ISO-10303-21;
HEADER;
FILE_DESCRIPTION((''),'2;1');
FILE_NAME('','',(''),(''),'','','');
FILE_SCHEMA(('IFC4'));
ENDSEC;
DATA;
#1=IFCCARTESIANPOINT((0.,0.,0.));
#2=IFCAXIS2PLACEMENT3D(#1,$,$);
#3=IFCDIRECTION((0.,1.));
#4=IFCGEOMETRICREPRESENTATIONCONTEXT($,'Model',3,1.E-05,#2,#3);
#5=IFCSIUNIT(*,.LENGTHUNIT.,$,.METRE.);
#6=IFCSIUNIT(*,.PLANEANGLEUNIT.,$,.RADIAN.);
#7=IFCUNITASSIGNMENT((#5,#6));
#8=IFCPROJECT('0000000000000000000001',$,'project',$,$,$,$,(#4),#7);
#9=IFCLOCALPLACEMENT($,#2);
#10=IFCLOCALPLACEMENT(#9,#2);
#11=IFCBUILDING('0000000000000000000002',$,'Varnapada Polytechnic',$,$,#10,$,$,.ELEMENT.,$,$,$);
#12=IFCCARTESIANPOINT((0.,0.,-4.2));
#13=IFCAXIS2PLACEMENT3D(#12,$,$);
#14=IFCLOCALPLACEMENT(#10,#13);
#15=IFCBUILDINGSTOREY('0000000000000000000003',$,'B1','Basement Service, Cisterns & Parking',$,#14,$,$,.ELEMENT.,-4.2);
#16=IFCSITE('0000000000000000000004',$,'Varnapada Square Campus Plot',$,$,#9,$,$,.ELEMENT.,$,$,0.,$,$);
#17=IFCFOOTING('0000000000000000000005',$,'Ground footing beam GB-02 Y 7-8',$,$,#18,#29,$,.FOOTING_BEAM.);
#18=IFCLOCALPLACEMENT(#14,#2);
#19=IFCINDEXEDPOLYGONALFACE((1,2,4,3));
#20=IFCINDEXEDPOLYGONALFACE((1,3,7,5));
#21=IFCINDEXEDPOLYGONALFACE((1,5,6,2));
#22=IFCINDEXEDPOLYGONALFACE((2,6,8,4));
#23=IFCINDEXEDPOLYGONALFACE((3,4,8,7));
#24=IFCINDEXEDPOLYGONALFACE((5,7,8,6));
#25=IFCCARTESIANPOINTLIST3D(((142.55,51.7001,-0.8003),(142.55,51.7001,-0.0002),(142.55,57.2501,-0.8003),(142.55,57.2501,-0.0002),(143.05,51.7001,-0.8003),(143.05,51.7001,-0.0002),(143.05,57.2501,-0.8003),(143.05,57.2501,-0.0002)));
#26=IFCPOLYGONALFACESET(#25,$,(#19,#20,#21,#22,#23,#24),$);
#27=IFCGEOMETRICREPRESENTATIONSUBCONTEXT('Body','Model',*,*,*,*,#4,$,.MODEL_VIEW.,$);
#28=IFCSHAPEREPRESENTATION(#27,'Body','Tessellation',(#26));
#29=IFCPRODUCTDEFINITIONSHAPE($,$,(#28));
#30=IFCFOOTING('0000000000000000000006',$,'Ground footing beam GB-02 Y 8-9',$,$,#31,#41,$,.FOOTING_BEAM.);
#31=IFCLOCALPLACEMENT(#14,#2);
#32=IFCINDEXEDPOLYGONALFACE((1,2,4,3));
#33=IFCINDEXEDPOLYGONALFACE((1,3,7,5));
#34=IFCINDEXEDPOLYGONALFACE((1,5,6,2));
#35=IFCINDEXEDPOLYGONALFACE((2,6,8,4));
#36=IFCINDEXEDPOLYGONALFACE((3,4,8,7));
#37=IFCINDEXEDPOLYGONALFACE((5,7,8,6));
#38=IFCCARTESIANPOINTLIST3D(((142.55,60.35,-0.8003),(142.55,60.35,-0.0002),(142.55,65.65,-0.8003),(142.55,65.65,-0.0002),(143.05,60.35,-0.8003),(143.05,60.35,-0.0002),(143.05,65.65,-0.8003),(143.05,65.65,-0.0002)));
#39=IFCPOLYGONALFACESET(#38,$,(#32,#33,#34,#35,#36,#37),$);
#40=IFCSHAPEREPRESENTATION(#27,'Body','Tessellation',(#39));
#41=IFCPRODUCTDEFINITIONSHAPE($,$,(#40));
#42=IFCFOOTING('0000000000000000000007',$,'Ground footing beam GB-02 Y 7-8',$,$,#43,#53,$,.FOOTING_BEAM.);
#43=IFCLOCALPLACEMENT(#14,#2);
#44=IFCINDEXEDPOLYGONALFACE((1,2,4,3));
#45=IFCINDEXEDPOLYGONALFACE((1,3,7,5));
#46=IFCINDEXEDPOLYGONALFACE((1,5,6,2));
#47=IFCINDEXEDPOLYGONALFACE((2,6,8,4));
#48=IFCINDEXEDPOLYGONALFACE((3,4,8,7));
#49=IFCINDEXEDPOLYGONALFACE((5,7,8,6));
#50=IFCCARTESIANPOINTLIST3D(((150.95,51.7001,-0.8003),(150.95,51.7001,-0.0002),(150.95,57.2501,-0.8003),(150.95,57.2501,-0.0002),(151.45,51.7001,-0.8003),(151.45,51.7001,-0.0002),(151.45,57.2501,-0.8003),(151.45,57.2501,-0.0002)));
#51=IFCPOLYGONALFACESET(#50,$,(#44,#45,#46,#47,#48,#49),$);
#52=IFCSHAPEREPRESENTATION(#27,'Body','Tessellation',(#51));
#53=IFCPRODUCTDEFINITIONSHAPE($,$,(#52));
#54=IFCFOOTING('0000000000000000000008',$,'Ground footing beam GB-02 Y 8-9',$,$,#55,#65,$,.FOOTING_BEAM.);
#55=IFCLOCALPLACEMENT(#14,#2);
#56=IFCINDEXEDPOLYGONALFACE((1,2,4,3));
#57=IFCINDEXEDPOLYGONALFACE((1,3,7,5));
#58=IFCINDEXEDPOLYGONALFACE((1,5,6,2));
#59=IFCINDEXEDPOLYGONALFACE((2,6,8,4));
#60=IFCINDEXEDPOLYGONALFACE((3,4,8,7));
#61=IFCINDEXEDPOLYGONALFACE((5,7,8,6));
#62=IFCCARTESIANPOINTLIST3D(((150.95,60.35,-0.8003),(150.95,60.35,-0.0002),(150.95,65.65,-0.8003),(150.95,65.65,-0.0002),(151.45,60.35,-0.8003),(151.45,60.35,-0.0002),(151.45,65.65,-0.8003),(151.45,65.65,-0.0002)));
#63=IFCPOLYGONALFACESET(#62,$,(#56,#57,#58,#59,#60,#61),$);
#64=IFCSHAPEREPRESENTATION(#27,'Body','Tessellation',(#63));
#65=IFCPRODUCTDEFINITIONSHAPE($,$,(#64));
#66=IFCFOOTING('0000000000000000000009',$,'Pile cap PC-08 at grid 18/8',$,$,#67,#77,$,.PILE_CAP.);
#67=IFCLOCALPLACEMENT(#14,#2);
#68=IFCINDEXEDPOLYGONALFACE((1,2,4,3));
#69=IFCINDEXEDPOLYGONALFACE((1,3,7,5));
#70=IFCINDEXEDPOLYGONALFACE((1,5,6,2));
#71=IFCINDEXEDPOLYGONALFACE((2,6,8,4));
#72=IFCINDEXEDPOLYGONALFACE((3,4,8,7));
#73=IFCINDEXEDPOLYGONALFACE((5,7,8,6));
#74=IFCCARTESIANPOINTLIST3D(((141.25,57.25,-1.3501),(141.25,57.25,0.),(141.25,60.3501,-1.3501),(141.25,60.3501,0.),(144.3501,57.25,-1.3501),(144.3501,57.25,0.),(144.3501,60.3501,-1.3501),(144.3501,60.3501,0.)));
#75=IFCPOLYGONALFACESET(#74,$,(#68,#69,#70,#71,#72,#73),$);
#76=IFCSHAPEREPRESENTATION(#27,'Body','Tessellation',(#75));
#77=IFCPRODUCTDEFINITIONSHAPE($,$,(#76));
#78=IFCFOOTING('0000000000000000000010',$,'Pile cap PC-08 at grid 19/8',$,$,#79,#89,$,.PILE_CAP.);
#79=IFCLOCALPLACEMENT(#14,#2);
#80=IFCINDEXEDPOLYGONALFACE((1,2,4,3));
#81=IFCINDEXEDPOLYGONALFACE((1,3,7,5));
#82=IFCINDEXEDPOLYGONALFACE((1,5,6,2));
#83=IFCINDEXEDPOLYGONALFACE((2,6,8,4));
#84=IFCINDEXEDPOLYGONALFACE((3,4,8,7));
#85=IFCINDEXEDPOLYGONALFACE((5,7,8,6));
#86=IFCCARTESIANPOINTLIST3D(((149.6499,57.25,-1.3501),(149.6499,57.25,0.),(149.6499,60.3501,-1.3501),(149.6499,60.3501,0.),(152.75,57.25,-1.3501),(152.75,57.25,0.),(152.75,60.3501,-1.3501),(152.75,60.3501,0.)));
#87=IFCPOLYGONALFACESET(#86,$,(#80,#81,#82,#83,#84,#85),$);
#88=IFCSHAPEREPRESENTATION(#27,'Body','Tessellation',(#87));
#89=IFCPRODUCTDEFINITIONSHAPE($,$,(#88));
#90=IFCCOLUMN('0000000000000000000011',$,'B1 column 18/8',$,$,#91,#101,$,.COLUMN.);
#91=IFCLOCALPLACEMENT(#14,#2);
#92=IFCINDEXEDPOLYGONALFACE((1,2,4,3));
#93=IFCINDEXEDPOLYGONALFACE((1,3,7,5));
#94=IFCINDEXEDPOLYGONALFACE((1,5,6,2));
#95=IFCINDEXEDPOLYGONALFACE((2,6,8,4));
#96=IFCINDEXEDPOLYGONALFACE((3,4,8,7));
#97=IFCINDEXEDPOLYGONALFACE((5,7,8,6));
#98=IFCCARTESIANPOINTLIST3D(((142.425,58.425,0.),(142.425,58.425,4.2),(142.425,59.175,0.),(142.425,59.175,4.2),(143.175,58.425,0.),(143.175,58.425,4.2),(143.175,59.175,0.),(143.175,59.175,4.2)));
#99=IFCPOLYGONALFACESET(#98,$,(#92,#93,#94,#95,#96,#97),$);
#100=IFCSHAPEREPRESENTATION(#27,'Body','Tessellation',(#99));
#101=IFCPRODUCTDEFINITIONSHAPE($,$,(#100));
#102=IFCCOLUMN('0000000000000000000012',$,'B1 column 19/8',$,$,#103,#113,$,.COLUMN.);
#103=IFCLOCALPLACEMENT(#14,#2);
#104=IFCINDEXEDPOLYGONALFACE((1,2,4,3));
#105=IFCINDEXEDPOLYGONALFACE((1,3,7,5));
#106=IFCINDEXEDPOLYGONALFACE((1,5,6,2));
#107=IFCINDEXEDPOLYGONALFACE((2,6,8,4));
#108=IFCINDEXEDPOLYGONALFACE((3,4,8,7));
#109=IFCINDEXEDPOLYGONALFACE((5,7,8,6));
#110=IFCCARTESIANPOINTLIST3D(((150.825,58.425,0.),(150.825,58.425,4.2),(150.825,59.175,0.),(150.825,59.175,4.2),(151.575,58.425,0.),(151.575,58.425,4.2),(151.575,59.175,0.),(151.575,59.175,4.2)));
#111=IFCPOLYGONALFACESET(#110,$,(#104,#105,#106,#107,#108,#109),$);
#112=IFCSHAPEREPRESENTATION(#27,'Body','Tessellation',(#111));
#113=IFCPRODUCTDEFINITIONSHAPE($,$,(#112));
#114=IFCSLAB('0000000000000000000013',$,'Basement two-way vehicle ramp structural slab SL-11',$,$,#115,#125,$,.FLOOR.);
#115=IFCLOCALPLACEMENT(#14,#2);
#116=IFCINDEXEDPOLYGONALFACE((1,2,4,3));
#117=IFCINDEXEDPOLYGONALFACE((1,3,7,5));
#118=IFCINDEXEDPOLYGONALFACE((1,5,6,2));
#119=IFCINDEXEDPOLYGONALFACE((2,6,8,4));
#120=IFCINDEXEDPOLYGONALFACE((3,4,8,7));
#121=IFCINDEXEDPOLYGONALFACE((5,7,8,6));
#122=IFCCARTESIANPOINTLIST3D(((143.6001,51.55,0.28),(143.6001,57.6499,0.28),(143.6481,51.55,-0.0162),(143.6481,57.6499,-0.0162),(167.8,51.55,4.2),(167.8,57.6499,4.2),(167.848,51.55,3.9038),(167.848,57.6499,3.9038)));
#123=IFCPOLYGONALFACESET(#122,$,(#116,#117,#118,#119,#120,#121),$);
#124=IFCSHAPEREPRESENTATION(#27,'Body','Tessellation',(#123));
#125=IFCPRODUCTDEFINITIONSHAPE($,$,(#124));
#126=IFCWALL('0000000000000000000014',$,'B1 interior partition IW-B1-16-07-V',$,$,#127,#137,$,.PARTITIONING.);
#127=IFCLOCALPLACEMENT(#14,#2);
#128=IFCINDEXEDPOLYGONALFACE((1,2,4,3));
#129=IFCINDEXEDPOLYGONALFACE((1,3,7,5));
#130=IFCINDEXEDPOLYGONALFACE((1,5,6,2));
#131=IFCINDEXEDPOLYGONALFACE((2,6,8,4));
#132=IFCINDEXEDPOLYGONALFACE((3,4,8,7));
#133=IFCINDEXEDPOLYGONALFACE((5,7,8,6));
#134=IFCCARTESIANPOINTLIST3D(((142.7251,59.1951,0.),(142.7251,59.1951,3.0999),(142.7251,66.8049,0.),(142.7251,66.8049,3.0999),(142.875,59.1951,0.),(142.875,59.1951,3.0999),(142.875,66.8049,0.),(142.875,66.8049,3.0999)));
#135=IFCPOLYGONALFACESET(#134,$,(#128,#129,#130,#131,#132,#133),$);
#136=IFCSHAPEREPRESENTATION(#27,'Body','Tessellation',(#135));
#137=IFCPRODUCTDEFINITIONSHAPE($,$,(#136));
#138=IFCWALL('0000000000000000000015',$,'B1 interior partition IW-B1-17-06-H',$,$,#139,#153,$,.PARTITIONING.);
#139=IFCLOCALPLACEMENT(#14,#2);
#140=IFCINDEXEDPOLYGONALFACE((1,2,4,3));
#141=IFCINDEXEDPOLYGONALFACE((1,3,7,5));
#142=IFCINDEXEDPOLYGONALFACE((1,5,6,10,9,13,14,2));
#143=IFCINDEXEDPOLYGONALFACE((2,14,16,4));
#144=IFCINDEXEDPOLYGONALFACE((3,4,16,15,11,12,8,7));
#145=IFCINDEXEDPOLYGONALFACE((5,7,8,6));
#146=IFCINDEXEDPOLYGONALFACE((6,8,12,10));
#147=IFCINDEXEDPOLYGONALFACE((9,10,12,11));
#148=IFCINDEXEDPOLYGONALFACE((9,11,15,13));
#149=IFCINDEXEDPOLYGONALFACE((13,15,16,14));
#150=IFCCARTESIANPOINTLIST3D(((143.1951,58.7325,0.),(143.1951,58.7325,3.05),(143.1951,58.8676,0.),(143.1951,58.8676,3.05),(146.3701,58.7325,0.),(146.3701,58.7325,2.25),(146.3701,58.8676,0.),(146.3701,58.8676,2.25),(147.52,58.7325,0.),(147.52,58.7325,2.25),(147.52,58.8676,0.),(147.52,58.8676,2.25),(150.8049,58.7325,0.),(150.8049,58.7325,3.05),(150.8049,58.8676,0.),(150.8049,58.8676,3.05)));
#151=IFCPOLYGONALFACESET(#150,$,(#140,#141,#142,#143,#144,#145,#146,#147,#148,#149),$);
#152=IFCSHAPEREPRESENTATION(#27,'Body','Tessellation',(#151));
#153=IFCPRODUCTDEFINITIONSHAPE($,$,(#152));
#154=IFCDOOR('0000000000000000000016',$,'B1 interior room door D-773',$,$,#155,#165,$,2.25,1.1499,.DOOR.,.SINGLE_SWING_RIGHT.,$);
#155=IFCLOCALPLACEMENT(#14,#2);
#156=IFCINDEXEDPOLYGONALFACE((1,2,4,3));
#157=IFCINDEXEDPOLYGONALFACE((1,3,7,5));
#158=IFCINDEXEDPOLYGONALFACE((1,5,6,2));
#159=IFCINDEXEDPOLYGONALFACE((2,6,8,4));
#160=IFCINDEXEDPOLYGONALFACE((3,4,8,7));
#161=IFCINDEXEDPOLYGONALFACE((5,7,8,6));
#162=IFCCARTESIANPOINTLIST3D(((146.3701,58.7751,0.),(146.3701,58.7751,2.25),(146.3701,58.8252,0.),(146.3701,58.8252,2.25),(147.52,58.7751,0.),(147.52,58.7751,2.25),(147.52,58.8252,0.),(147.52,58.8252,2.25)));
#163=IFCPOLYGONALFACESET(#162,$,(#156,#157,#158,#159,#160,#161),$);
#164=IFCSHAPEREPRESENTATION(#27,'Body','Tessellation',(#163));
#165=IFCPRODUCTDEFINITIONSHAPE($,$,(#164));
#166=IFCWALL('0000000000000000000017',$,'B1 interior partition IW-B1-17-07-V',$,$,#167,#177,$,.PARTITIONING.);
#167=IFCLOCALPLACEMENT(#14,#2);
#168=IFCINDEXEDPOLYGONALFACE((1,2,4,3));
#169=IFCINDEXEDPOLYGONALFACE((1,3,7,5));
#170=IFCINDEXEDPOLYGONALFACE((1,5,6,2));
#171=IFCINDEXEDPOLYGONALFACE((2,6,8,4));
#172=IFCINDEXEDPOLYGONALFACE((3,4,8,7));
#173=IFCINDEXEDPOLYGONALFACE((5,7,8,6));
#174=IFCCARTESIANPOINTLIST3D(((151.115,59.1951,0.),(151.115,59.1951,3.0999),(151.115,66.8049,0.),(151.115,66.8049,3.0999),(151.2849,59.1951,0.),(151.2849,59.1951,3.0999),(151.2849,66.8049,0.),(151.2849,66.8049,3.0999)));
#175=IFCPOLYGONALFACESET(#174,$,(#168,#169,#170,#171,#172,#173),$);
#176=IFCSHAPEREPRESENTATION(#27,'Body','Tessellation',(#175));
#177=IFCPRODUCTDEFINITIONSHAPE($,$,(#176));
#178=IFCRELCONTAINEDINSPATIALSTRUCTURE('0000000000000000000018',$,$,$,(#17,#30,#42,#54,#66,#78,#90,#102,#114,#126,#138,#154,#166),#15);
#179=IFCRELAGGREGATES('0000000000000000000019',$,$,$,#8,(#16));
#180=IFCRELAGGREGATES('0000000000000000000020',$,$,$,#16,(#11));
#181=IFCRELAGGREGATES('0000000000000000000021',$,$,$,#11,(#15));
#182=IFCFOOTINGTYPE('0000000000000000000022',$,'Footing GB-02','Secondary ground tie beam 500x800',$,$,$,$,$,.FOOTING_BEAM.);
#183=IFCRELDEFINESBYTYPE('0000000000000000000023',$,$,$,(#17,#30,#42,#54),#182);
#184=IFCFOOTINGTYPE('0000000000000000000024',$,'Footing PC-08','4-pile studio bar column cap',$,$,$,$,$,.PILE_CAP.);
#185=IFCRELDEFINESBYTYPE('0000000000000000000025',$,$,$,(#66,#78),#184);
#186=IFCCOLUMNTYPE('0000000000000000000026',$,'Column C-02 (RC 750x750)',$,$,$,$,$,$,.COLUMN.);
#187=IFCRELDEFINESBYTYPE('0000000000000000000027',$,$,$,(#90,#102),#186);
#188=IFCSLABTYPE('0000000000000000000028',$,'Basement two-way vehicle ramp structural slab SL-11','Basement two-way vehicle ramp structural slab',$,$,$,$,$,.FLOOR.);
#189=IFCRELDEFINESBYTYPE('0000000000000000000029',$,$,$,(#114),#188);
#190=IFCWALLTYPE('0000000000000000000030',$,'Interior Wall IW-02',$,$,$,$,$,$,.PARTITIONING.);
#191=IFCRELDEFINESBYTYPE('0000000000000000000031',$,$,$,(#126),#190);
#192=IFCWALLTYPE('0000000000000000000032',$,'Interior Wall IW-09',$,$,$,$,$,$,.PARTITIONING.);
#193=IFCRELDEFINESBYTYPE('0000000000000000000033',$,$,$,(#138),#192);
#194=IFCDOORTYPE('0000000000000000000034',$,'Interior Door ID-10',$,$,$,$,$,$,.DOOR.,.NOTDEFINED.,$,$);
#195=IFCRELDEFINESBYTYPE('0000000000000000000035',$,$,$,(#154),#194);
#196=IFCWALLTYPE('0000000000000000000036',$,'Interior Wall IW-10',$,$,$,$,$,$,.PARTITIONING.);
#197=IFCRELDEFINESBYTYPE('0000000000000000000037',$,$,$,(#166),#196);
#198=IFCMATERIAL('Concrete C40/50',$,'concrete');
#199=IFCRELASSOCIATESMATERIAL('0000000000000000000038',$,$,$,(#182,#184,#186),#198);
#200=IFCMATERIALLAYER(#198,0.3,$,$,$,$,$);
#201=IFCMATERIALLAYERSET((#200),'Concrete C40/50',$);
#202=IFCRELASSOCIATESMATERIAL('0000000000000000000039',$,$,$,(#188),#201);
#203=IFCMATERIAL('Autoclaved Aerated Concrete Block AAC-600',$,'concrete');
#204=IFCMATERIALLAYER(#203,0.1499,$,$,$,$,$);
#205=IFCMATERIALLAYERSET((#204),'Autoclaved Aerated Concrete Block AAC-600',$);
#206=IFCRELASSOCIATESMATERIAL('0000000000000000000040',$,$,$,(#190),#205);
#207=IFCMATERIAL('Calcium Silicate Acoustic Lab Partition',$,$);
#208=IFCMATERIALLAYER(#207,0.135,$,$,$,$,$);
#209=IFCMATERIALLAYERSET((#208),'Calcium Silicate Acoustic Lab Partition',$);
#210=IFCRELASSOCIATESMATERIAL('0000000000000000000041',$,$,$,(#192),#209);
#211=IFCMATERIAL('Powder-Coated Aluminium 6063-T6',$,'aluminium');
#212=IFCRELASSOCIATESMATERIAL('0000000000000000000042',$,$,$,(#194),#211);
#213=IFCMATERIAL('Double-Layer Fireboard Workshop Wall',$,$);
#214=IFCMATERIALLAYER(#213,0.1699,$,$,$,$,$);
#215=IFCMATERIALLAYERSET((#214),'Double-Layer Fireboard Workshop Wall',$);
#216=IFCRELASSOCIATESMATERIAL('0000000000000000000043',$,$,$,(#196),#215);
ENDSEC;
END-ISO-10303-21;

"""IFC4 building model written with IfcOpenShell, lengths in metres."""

from ifc_helpers import new_model, si_unit, direction, frame, frame_2d, origin, origin_2d, place, context, subcontext, project, spatial, polyline, rectangle, outline, extrude, material, layer, layer_set, material_profile, profile_set, type_object, element, fill, save


model = new_model("IFC4")

# Units and contexts
model_context = context("Model", 3, precision=1e-05, world=origin(), true_north=direction((0.0, 1.0)))
body_context = subcontext(model_context, "Body", "Model", "MODEL_VIEW")
ifc_project = project(units=[si_unit("LENGTHUNIT", "METRE"), si_unit("PLANEANGLEUNIT", "RADIAN")], contexts=[model_context])

# Site, building, storey
site_placement = place(None, origin())
site = spatial("IfcSite", under=ifc_project, at=site_placement, Name="Varnapada Square Campus Plot", CompositionType="ELEMENT", RefElevation=0.0)
building_placement = place(site_placement, origin())
building = spatial("IfcBuilding", under=site, at=building_placement, Name="Varnapada Polytechnic", CompositionType="ELEMENT")
storey_placement = place(building_placement, frame((0.0, 0.0, -4.2)))
storey = spatial("IfcBuildingStorey", under=building, at=storey_placement, Name="B1", Description="Basement Service, Cisterns & Parking", CompositionType="ELEMENT", Elevation=-4.2)

# Shared definitions
ifc_material_1 = material(Name="Concrete C40/50", Category="concrete")

# Footings
footing_type_1 = type_object("IfcFootingType", Name="Footing GB-02", Description="Secondary ground tie beam 500x800", PredefinedType="FOOTING_BEAM", material=ifc_material_1)
footing_1_placement = place(storey_placement, frame((142.8, 54.4751, -0.8003), z_axis=(0.0, 0.0, 1.0), x_axis=(0.0, 1.0, 0.0)))
element("IfcFooting", 1, at=footing_1_placement, inside=storey, type_object=footing_type_1, Name="Ground footing beam GB-02 Y 7-8", PredefinedType="FOOTING_BEAM", context=body_context, shape_type="SweptSolid", body=[
    extrude(rectangle(XDim=5.55, YDim=0.5, at=origin_2d()), origin(), (0.0, 0.0, 1.0), 0.8),
])
footing_2_placement = place(storey_placement, frame((142.8, 63.0, -0.8003), z_axis=(0.0, 0.0, 1.0), x_axis=(0.0, 1.0, 0.0)))
element("IfcFooting", 2, at=footing_2_placement, inside=storey, type_object=footing_type_1, Name="Ground footing beam GB-02 Y 8-9", PredefinedType="FOOTING_BEAM", context=body_context, shape_type="SweptSolid", body=[
    extrude(rectangle(XDim=5.3, YDim=0.5, at=origin_2d()), origin(), (0.0, 0.0, 1.0), 0.8),
])
footing_3_placement = place(storey_placement, frame((151.2, 54.4751, -0.8003), z_axis=(0.0, 0.0, 1.0), x_axis=(0.0, 1.0, 0.0)))
element("IfcFooting", 3, at=footing_3_placement, inside=storey, type_object=footing_type_1, Name="Ground footing beam GB-02 Y 7-8", PredefinedType="FOOTING_BEAM", context=body_context, shape_type="SweptSolid", body=[
    extrude(rectangle(XDim=5.55, YDim=0.5, at=origin_2d()), origin(), (0.0, 0.0, 1.0), 0.8),
])
footing_4_placement = place(storey_placement, frame((151.2, 63.0, -0.8003), z_axis=(0.0, 0.0, 1.0), x_axis=(0.0, 1.0, 0.0)))
element("IfcFooting", 4, at=footing_4_placement, inside=storey, type_object=footing_type_1, Name="Ground footing beam GB-02 Y 8-9", PredefinedType="FOOTING_BEAM", context=body_context, shape_type="SweptSolid", body=[
    extrude(rectangle(XDim=5.3, YDim=0.5, at=origin_2d()), origin(), (0.0, 0.0, 1.0), 0.8),
])
footing_type_2 = type_object("IfcFootingType", Name="Footing PC-08", Description="4-pile studio bar column cap", PredefinedType="PILE_CAP", material=ifc_material_1)
for number, where, z_axis, x_axis, name in (
    (5, (142.8, 58.8, -1.3501), (0.0, 0.0, 1.0), (1.0, 0.0, 0.0), "Pile cap PC-08 at grid 18/8"),
    (6, (151.2, 58.8, -1.3501), (0.0, 0.0, 1.0), (1.0, 0.0, 0.0), "Pile cap PC-08 at grid 19/8"),
):
    element("IfcFooting", number, at=place(storey_placement, frame(where, z_axis=z_axis, x_axis=x_axis)), inside=storey, type_object=footing_type_2, Name=name, PredefinedType="PILE_CAP", context=body_context, shape_type="SweptSolid", body=[
        extrude(rectangle(XDim=3.1001, YDim=3.1001, at=origin_2d()), origin(), (0.0, 0.0, 1.0), 1.3501),
    ])

# Columns
ifc_material_profile_1 = material_profile(ifc_material_1, rectangle(XDim=0.75, YDim=0.75, at=origin_2d()), Name="RC 750x750")
ifc_profile_set_1 = profile_set([ifc_material_profile_1], Name="Concrete C40/50")
column_type = type_object("IfcColumnType", Name="Column C-02 (RC 750x750)", PredefinedType="COLUMN", material=ifc_profile_set_1)
for number, where, z_axis, x_axis, name in (
    (7, (142.8, 58.8, 0.0), (0.0, 0.0, 1.0), (1.0, 0.0, 0.0), "B1 column 18/8"),
    (8, (151.2, 58.8, 0.0), (0.0, 0.0, 1.0), (1.0, 0.0, 0.0), "B1 column 19/8"),
):
    element("IfcColumn", number, at=place(storey_placement, frame(where, z_axis=z_axis, x_axis=x_axis)), inside=storey, type_object=column_type, Name=name, PredefinedType="COLUMN", context=body_context, shape_type="SweptSolid", body=[
        extrude(rectangle(XDim=0.75, YDim=0.75, at=origin_2d()), origin(), (0.0, 0.0, 1.0), 4.2),
    ])

# Slab
ifc_layer_1 = layer(ifc_material_1, 0.3)
ifc_layer_set_1 = layer_set([ifc_layer_1], Name="Concrete C40/50")
slab_type = type_object("IfcSlabType", Name="Basement two-way vehicle ramp structural slab SL-11", Description="Basement two-way vehicle ramp structural slab", PredefinedType="FLOOR", material=ifc_layer_set_1)
slab_placement = place(storey_placement, frame((143.6001, 51.55, 0.28), z_axis=(-0.159896, 0.0, 0.987134), x_axis=(0.987134, 0.0, 0.159896)))
element("IfcSlab", 9, at=slab_placement, inside=storey, type_object=slab_type, Name="Basement two-way vehicle ramp structural slab SL-11", PredefinedType="FLOOR", context=body_context, shape_type="SweptSolid", body=[
    extrude(outline(polyline([(0.0, 0.0), (24.5154, 0.0), (24.5154, 6.0999), (0.0, 6.0999), (0.0, 0.0)])), origin(), (0.0, 0.0, -1.0), 0.3),
])

# Wall
ifc_material_2 = material(Name="Autoclaved Aerated Concrete Block AAC-600", Category="concrete")
ifc_layer_2 = layer(ifc_material_2, 0.1499)
ifc_layer_set_2 = layer_set([ifc_layer_2], Name="Autoclaved Aerated Concrete Block AAC-600")
wall_type_1 = type_object("IfcWallType", Name="Interior Wall IW-02", PredefinedType="PARTITIONING", material=ifc_layer_set_2)
wall_1_placement = place(storey_placement, frame((142.8, 59.1951, 0.0), z_axis=(0.0, 0.0, 1.0), x_axis=(0.0, 1.0, 0.0)))
element("IfcWall", 10, at=wall_1_placement, inside=storey, type_object=wall_type_1, Name="B1 interior partition IW-B1-16-07-V", PredefinedType="PARTITIONING", context=body_context, shape_type="SweptSolid", body=[
    extrude(rectangle(XDim=7.6099, YDim=0.1499, at=frame_2d((3.8049, 0.0))), origin(), (0.0, 0.0, 1.0), 3.0999),
])

# Wall, opening, door
ifc_material_3 = material(Name="Calcium Silicate Acoustic Lab Partition")
ifc_layer_3 = layer(ifc_material_3, 0.135)
ifc_layer_set_3 = layer_set([ifc_layer_3], Name="Calcium Silicate Acoustic Lab Partition")
wall_type_2 = type_object("IfcWallType", Name="Interior Wall IW-09", PredefinedType="PARTITIONING", material=ifc_layer_set_3)
wall_2_placement = place(storey_placement, frame((143.1951, 58.8, 0.0), z_axis=(0.0, 0.0, 1.0), x_axis=(1.0, 0.0, 0.0)))
wall_2 = element("IfcWall", 11, at=wall_2_placement, inside=storey, type_object=wall_type_2, Name="B1 interior partition IW-B1-17-06-H", PredefinedType="PARTITIONING", context=body_context, shape_type="SweptSolid", body=[
    extrude(rectangle(XDim=7.6099, YDim=0.135, at=frame_2d((3.8049, 0.0))), origin(), (0.0, 0.0, 1.0), 3.05),
])
opening_placement = place(wall_2_placement, frame((3.175, 0.0, 0.0)))
opening = element("IfcOpeningElement", 12, at=opening_placement, cuts=wall_2, PredefinedType="OPENING", context=body_context, shape_type="SweptSolid", body=[
    extrude(rectangle(XDim=1.1499, YDim=2.25, at=frame_2d((0.575, 1.125))), frame((0.0, 0.0774, 0.0), z_axis=(0.0, -1.0, 0.0), x_axis=(1.0, 0.0, 0.0)), (0.0, 0.0, 1.0), 0.155),
])
ifc_material_4 = material(Name="Powder-Coated Aluminium 6063-T6", Category="aluminium")
door_type = type_object("IfcDoorType", Name="Interior Door ID-10", OperationType="NOTDEFINED", PredefinedType="DOOR", material=ifc_material_4)
door_placement = place(opening_placement, frame((1.1499, 0.0, 0.0), z_axis=(0.0, 0.0, 1.0), x_axis=(-1.0, 0.0, 0.0)))
door = element("IfcDoor", 13, at=door_placement, inside=storey, type_object=door_type, Name="B1 interior room door D-773", OperationType="SINGLE_SWING_RIGHT", OverallHeight=2.25, OverallWidth=1.1499, PredefinedType="DOOR", context=body_context, shape_type="SweptSolid", body=[
    extrude(rectangle(XDim=1.1499, YDim=2.25, at=frame_2d((0.575, 1.125))), frame((0.0, 0.0249, 0.0), z_axis=(0.0, -1.0, 0.0), x_axis=(1.0, 0.0, 0.0)), (0.0, 0.0, 1.0), 0.05),
])
fill(opening, door)

# Wall
ifc_material_5 = material(Name="Double-Layer Fireboard Workshop Wall")
ifc_layer_4 = layer(ifc_material_5, 0.1699)
ifc_layer_set_4 = layer_set([ifc_layer_4], Name="Double-Layer Fireboard Workshop Wall")
wall_type_3 = type_object("IfcWallType", Name="Interior Wall IW-10", PredefinedType="PARTITIONING", material=ifc_layer_set_4)
wall_3_placement = place(storey_placement, frame((151.2, 59.1951, 0.0), z_axis=(0.0, 0.0, 1.0), x_axis=(0.0, 1.0, 0.0)))
element("IfcWall", 14, at=wall_3_placement, inside=storey, type_object=wall_type_3, Name="B1 interior partition IW-B1-17-07-V", PredefinedType="PARTITIONING", context=body_context, shape_type="SweptSolid", body=[
    extrude(rectangle(XDim=7.6099, YDim=0.1699, at=frame_2d((3.8049, 0.0))), origin(), (0.0, 0.0, 1.0), 3.0999),
])

save(model, "model.ifc")
